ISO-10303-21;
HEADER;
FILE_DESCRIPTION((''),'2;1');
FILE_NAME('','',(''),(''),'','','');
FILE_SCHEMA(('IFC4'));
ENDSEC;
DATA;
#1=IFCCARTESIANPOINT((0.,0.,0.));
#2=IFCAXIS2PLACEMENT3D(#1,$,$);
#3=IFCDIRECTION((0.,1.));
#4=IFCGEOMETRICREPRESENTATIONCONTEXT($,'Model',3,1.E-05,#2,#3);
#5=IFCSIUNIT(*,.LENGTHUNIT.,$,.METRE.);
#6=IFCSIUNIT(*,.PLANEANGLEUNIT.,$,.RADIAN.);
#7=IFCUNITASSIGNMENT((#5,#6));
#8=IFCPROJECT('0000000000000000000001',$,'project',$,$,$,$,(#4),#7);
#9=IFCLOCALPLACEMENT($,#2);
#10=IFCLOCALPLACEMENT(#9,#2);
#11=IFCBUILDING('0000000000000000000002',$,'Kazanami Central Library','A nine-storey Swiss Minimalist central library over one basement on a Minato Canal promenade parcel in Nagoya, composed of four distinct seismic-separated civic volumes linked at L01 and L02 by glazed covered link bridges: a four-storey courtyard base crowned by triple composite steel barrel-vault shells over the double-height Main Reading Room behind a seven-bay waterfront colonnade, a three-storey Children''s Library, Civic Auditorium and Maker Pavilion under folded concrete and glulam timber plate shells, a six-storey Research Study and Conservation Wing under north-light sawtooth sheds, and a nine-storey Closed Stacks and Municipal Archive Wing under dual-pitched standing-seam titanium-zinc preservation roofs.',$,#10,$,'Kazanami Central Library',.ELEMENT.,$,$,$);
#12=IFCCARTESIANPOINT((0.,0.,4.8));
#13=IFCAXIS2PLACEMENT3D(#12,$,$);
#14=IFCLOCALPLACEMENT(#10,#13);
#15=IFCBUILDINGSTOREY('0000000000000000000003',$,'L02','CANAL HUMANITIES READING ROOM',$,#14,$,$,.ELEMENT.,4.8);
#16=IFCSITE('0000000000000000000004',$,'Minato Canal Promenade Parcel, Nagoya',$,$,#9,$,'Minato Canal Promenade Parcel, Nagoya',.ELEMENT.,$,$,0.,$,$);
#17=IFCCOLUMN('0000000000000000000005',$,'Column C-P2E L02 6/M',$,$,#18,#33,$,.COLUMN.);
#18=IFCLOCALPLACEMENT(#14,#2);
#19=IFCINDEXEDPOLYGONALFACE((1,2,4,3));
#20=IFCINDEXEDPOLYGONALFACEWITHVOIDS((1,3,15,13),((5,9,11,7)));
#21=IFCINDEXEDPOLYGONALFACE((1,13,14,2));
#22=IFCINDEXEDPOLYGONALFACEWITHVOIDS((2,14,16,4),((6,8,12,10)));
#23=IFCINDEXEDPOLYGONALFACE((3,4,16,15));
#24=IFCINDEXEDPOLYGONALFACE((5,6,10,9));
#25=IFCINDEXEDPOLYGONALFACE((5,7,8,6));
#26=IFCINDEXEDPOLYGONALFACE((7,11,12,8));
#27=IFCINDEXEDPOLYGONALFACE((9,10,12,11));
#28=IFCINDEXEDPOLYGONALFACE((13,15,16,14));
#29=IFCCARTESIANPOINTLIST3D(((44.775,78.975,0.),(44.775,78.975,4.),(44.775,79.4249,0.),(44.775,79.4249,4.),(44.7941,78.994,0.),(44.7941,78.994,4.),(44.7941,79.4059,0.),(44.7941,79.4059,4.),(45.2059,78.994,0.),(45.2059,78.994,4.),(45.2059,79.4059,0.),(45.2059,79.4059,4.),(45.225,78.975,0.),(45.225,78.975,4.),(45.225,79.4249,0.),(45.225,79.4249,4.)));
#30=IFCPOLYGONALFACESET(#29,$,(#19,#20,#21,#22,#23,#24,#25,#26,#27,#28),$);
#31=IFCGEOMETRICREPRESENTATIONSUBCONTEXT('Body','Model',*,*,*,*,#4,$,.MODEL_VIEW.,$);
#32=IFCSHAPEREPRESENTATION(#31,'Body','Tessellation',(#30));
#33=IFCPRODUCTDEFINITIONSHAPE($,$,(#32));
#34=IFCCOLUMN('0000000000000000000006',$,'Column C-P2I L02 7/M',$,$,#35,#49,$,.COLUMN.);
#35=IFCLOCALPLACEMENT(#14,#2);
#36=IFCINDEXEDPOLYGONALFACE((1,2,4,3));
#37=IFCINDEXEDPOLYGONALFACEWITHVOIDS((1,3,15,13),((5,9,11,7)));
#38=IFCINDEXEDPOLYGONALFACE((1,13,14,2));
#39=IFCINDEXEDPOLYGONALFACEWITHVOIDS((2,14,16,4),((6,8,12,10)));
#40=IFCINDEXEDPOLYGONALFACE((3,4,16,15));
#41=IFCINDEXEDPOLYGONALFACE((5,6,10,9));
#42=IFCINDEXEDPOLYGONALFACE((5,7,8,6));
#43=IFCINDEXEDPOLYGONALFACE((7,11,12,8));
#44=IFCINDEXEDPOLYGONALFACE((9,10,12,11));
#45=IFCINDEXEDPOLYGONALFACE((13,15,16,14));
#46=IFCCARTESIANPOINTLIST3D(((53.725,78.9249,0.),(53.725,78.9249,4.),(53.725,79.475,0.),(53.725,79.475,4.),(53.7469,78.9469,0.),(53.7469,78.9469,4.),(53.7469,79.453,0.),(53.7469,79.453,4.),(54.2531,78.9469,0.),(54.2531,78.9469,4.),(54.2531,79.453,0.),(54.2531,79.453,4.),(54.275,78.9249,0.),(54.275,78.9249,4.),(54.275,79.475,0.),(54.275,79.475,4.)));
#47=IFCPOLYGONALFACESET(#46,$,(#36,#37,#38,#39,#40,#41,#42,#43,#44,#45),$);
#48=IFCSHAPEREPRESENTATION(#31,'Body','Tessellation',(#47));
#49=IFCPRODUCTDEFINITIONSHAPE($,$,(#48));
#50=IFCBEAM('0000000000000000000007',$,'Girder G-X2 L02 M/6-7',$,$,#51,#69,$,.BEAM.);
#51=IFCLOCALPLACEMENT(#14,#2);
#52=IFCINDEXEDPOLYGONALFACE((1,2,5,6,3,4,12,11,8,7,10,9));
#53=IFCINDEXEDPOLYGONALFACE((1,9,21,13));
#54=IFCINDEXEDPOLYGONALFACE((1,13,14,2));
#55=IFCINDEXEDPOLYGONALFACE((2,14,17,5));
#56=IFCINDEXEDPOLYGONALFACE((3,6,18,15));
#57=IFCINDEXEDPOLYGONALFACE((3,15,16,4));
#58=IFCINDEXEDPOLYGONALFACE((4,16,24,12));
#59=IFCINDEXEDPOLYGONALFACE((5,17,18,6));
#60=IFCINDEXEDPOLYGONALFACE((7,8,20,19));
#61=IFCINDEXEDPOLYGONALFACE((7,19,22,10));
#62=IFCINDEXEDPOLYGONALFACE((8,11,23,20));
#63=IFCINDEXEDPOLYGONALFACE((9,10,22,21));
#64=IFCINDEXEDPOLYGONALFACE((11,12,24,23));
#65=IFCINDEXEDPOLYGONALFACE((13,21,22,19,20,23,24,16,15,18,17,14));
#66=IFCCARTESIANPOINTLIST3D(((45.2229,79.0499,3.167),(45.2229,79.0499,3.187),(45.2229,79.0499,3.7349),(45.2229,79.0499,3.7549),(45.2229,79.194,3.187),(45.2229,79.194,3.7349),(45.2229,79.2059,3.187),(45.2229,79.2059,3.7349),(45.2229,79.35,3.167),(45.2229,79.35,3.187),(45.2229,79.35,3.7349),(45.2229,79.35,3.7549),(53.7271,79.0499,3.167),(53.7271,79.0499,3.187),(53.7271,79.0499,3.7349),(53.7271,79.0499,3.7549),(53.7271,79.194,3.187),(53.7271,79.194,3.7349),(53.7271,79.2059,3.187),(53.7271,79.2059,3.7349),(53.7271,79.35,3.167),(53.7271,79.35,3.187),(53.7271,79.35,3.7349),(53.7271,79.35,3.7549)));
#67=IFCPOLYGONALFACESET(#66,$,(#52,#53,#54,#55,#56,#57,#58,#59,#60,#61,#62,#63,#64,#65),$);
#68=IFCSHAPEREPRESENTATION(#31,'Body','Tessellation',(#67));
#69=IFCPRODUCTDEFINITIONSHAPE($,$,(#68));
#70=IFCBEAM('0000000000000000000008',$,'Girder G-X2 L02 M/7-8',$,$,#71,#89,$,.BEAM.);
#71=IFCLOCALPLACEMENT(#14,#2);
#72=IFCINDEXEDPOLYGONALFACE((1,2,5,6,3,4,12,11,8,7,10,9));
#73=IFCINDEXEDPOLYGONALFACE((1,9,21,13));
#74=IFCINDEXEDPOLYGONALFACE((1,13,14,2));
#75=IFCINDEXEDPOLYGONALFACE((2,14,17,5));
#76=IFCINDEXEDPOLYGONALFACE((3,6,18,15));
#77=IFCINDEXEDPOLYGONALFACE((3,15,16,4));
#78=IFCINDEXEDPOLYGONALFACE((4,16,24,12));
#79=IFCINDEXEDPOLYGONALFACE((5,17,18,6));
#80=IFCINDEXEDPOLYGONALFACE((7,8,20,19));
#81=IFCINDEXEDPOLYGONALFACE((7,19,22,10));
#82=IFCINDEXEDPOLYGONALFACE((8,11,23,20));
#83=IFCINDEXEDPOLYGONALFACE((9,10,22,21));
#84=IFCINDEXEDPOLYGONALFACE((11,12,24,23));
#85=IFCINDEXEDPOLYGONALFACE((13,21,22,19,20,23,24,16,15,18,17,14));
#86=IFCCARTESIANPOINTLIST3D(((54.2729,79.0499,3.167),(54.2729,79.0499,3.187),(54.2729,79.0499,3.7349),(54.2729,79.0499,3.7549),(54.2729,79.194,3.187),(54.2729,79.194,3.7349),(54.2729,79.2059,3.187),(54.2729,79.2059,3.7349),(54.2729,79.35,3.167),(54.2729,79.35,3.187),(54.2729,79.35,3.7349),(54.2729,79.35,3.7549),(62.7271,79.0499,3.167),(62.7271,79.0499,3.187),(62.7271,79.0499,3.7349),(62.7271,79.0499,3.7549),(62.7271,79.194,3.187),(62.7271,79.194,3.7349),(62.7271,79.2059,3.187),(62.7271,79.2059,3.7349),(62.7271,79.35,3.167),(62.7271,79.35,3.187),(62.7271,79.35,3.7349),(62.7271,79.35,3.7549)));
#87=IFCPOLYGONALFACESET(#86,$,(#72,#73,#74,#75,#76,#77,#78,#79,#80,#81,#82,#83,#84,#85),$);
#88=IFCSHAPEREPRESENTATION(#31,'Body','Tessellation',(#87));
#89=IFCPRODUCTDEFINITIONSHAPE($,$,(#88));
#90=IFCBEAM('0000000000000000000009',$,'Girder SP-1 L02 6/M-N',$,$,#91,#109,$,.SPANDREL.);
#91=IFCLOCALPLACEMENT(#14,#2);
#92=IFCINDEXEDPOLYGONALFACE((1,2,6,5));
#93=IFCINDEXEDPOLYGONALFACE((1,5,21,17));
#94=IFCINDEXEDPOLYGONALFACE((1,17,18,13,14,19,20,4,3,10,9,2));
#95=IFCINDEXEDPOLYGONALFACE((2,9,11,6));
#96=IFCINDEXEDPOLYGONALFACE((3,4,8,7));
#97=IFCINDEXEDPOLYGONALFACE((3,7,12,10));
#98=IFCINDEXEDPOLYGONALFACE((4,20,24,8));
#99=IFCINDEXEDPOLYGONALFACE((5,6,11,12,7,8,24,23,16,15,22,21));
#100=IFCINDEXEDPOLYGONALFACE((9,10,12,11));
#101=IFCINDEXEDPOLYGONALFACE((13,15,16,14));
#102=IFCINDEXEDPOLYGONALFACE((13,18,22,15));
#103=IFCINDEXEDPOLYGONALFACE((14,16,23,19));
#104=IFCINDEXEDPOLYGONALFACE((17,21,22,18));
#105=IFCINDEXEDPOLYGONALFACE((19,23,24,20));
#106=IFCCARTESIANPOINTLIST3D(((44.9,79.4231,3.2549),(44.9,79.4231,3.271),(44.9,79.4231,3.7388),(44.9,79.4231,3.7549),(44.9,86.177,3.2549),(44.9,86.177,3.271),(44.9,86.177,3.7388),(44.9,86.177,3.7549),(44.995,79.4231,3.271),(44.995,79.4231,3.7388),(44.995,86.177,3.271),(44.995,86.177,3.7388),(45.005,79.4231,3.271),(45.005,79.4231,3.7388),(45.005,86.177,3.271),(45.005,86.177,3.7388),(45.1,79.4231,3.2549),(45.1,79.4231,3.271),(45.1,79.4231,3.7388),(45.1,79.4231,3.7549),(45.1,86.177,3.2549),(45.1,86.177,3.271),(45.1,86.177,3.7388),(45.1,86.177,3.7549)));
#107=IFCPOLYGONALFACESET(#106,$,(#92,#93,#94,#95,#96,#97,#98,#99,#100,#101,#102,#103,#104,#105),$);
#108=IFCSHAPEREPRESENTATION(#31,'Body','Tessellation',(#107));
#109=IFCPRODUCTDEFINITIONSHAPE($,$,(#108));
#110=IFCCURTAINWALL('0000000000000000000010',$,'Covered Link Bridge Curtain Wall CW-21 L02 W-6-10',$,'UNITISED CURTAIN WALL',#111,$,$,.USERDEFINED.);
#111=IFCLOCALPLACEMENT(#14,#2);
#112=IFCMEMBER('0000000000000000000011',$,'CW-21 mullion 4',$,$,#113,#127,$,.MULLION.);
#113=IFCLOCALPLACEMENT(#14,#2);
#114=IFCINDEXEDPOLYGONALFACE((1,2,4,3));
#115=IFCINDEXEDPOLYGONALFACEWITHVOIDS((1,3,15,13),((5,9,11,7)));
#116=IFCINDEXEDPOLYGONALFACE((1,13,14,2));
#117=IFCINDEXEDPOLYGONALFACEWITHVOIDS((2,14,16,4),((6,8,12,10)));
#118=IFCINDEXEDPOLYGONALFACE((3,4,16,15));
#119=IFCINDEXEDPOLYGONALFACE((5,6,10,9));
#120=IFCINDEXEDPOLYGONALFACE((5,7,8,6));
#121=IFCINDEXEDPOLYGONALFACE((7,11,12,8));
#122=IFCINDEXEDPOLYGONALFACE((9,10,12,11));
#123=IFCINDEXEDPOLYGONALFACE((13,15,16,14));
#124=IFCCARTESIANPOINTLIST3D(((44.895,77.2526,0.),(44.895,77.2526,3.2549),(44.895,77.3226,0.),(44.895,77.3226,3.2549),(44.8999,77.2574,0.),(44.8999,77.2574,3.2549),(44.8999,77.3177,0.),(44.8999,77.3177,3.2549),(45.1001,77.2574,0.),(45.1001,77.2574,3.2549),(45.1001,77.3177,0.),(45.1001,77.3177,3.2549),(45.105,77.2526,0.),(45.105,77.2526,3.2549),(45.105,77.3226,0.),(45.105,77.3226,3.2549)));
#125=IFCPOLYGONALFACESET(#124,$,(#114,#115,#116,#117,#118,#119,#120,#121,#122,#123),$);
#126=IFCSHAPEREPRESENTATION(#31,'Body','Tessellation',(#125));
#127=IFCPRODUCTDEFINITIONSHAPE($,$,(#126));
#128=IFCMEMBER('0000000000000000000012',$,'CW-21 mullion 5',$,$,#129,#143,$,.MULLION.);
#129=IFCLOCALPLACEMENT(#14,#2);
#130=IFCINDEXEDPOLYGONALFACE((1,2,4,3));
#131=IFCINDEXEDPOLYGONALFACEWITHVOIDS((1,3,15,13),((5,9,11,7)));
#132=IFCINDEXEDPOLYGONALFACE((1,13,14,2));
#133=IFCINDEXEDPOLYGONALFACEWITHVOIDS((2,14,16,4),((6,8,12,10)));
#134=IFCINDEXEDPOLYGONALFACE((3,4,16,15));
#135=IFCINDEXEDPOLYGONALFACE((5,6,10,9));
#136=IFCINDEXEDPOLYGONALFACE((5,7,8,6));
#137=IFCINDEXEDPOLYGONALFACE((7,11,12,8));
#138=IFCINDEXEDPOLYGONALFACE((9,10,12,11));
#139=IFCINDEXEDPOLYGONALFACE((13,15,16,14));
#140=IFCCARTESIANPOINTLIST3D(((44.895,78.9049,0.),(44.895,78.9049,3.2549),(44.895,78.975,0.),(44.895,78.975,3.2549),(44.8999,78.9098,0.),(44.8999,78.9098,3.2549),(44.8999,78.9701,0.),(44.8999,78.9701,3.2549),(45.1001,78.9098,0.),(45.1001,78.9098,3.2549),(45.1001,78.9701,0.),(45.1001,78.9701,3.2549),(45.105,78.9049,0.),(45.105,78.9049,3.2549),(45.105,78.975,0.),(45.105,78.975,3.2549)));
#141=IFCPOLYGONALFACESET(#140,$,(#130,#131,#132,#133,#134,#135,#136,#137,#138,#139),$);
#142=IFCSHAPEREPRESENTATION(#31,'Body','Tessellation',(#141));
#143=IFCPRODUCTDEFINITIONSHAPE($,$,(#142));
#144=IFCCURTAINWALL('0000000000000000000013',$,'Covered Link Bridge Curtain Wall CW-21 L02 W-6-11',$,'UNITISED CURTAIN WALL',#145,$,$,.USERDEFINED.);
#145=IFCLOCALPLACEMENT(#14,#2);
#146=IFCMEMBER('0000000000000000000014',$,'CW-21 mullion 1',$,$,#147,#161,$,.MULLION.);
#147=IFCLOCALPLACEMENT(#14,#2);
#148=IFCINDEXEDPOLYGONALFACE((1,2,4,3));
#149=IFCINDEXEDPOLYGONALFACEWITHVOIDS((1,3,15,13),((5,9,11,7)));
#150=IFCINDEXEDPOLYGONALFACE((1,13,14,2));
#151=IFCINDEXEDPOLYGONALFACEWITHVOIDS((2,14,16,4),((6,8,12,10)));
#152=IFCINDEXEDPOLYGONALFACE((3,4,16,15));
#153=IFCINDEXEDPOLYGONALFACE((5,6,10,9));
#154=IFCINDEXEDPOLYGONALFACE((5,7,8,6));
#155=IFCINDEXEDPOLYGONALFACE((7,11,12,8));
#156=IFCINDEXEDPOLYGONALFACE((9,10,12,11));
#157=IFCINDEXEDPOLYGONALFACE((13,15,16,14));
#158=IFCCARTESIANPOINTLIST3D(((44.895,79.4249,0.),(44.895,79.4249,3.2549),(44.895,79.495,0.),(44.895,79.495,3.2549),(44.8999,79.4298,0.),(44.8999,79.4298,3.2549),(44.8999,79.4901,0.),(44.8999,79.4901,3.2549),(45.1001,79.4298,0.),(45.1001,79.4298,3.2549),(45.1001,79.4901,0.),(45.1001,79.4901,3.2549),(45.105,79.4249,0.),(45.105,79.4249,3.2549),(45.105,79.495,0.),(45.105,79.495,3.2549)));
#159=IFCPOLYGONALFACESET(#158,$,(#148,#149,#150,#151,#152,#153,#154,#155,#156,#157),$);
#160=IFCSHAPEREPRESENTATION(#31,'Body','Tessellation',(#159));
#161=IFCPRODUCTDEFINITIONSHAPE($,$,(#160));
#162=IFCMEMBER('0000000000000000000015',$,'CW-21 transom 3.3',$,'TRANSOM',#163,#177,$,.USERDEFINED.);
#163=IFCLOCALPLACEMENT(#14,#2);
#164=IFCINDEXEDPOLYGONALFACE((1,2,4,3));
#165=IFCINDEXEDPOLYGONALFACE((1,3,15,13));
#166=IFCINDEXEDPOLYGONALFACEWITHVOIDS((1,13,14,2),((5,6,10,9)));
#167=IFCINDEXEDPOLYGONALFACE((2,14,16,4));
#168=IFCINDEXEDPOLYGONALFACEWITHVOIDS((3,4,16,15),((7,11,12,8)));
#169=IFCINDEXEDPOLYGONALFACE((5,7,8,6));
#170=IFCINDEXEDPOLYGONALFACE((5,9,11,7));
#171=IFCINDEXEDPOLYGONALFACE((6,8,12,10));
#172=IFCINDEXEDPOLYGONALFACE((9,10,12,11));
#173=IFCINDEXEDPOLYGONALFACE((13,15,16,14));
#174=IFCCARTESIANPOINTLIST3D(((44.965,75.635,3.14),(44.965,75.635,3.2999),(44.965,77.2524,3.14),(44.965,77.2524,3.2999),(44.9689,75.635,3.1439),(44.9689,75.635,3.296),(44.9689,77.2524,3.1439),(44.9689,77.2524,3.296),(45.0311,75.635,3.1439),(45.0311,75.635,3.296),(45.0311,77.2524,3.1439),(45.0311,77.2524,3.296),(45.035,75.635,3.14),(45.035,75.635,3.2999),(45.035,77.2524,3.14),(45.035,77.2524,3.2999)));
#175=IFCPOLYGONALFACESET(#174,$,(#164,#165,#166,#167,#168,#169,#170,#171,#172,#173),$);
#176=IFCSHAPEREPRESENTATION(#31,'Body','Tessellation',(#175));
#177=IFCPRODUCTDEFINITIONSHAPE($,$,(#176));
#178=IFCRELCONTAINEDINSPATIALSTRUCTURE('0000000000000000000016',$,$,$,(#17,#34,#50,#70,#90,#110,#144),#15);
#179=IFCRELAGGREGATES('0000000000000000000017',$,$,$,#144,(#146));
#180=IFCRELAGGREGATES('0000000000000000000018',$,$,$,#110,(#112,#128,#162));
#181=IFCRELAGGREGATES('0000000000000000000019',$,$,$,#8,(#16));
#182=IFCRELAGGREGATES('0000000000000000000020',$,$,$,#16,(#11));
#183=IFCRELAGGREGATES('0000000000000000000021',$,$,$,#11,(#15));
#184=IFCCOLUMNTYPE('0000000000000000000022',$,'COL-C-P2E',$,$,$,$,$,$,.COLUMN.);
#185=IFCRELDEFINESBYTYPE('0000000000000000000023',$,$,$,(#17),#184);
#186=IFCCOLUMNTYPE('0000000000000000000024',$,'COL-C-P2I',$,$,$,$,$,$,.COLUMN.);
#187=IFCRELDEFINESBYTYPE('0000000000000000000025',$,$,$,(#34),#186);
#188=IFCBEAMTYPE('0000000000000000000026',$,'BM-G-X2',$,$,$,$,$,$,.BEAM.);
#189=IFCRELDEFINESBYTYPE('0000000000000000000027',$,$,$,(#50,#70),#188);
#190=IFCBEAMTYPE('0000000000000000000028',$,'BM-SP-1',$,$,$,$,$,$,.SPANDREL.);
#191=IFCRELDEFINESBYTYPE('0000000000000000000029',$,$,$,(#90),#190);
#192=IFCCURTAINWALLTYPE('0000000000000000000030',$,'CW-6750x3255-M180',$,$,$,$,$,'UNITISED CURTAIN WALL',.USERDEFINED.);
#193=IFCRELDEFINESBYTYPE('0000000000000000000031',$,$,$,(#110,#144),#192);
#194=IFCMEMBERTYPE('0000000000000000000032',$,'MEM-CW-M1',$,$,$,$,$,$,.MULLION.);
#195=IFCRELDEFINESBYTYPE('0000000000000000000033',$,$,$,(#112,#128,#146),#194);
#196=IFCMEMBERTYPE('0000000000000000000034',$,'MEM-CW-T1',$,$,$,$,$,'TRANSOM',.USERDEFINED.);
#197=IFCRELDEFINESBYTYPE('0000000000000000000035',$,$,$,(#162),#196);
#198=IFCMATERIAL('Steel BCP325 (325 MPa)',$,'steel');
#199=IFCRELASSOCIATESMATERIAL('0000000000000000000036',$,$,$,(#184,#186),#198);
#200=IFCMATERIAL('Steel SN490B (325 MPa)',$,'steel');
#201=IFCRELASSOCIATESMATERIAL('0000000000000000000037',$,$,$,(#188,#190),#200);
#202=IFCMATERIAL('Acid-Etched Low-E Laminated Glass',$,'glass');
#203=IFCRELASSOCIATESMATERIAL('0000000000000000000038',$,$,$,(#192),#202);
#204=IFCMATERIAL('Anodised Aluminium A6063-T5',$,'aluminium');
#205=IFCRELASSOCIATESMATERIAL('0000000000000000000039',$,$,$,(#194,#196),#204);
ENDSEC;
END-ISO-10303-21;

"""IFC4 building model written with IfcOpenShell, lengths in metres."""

from ifc_helpers import new_model, si_unit, direction, frame, origin, origin_2d, place, context, subcontext, project, spatial, hollow_rectangle, i_section, extrude, material, material_profile, profile_set, type_object, element, aggregate, save


model = new_model("IFC4")

# Units and contexts
model_context = context("Model", 3, precision=1e-05, world=origin(), true_north=direction((0.0, 1.0)))
body_context = subcontext(model_context, "Body", "Model", "MODEL_VIEW")
ifc_project = project(units=[si_unit("LENGTHUNIT", "METRE"), si_unit("PLANEANGLEUNIT", "RADIAN")], contexts=[model_context])

# Site, building, storey
site_placement = place(None, origin())
site = spatial("IfcSite", under=ifc_project, at=site_placement, Name="Minato Canal Promenade Parcel, Nagoya", LongName="Minato Canal Promenade Parcel, Nagoya", CompositionType="ELEMENT", RefElevation=0.0)
building_placement = place(site_placement, origin())
building = spatial("IfcBuilding", under=site, at=building_placement, Name="Kazanami Central Library", Description="A nine-storey Swiss Minimalist central library over one basement on a Minato Canal promenade parcel in Nagoya, composed of four distinct seismic-separated civic volumes linked at L01 and L02 by glazed covered link bridges: a four-storey courtyard base crowned by triple composite steel barrel-vault shells over the double-height Main Reading Room behind a seven-bay waterfront colonnade, a three-storey Children's Library, Civic Auditorium and Maker Pavilion under folded concrete and glulam timber plate shells, a six-storey Research Study and Conservation Wing under north-light sawtooth sheds, and a nine-storey Closed Stacks and Municipal Archive Wing under dual-pitched standing-seam titanium-zinc preservation roofs.", LongName="Kazanami Central Library", CompositionType="ELEMENT")
storey_placement = place(building_placement, frame((0.0, 0.0, 4.8)))
storey = spatial("IfcBuildingStorey", under=building, at=storey_placement, Name="L02", Description="CANAL HUMANITIES READING ROOM", CompositionType="ELEMENT", Elevation=4.8)

# Columns
ifc_material_1 = material(Name="Steel BCP325 (325 MPa)", Category="steel")
ifc_material_profile_1 = material_profile(ifc_material_1, hollow_rectangle(XDim=0.45, YDim=0.45, WallThickness=0.019, at=origin_2d()), Name="BCP-450x450x19")
ifc_profile_set_1 = profile_set([ifc_material_profile_1], Name="Steel BCP325 (325 MPa)")
column_type_1 = type_object("IfcColumnType", Name="COL-C-P2E", PredefinedType="COLUMN", material=ifc_profile_set_1)
column_1_placement = place(storey_placement, frame((45.0, 79.2, 0.0), z_axis=(0.0, 0.0, 1.0), x_axis=(1.0, 0.0, 0.0)))
element("IfcColumn", 1, at=column_1_placement, inside=storey, type_object=column_type_1, Name="Column C-P2E L02 6/M", PredefinedType="COLUMN", context=body_context, shape_type="SweptSolid", body=[
    extrude(hollow_rectangle(XDim=0.45, YDim=0.45, WallThickness=0.019, at=origin_2d()), origin(), (0.0, 0.0, 1.0), 4.0),
])
ifc_material_profile_2 = material_profile(ifc_material_1, hollow_rectangle(XDim=0.55, YDim=0.55, WallThickness=0.022, at=origin_2d()), Name="BCP-550x550x22")
ifc_profile_set_2 = profile_set([ifc_material_profile_2], Name="Steel BCP325 (325 MPa)")
column_type_2 = type_object("IfcColumnType", Name="COL-C-P2I", PredefinedType="COLUMN", material=ifc_profile_set_2)
column_2_placement = place(storey_placement, frame((54.0, 79.2, 0.0), z_axis=(0.0, 0.0, 1.0), x_axis=(1.0, 0.0, 0.0)))
element("IfcColumn", 2, at=column_2_placement, inside=storey, type_object=column_type_2, Name="Column C-P2I L02 7/M", PredefinedType="COLUMN", context=body_context, shape_type="SweptSolid", body=[
    extrude(hollow_rectangle(XDim=0.55, YDim=0.55, WallThickness=0.022, at=origin_2d()), origin(), (0.0, 0.0, 1.0), 4.0),
])

# Beams
ifc_material_2 = material(Name="Steel SN490B (325 MPa)", Category="steel")
ifc_material_profile_3 = material_profile(ifc_material_2, i_section(OverallWidth=0.3, OverallDepth=0.5879, WebThickness=0.012, FlangeThickness=0.02, at=origin_2d()), Name="H-588x300x12x20")
ifc_profile_set_3 = profile_set([ifc_material_profile_3], Name="Steel SN490B (325 MPa)")
beam_type_1 = type_object("IfcBeamType", Name="BM-G-X2", PredefinedType="BEAM", material=ifc_profile_set_3)
beam_1_placement = place(storey_placement, frame((45.2229, 79.2, 3.4609), z_axis=(1.0, 0.0, 0.0), x_axis=(0.0, 1.0, 0.0)))
element("IfcBeam", 3, at=beam_1_placement, inside=storey, type_object=beam_type_1, Name="Girder G-X2 L02 M/6-7", PredefinedType="BEAM", context=body_context, shape_type="SweptSolid", body=[
    extrude(i_section(OverallWidth=0.3, OverallDepth=0.5879, WebThickness=0.012, FlangeThickness=0.02, at=origin_2d()), origin(), (0.0, 0.0, 1.0), 8.5042),
])
beam_2_placement = place(storey_placement, frame((54.2729, 79.2, 3.4609), z_axis=(1.0, 0.0, 0.0), x_axis=(0.0, 1.0, 0.0)))
element("IfcBeam", 4, at=beam_2_placement, inside=storey, type_object=beam_type_1, Name="Girder G-X2 L02 M/7-8", PredefinedType="BEAM", context=body_context, shape_type="SweptSolid", body=[
    extrude(i_section(OverallWidth=0.3, OverallDepth=0.5879, WebThickness=0.012, FlangeThickness=0.02, at=origin_2d()), origin(), (0.0, 0.0, 1.0), 8.4541),
])
ifc_material_profile_4 = material_profile(ifc_material_2, i_section(OverallWidth=0.2, OverallDepth=0.5, WebThickness=0.01, FlangeThickness=0.0161, at=origin_2d()), Name="H-500x200x10x16")
ifc_profile_set_4 = profile_set([ifc_material_profile_4], Name="Steel SN490B (325 MPa)")
beam_type_2 = type_object("IfcBeamType", Name="BM-SP-1", PredefinedType="SPANDREL", material=ifc_profile_set_4)
beam_3_placement = place(storey_placement, frame((45.0, 79.4231, 3.5049), z_axis=(0.0, 1.0, 0.0), x_axis=(-1.0, 0.0, 0.0)))
element("IfcBeam", 5, at=beam_3_placement, inside=storey, type_object=beam_type_2, Name="Girder SP-1 L02 6/M-N", PredefinedType="SPANDREL", context=body_context, shape_type="SweptSolid", body=[
    extrude(i_section(OverallWidth=0.2, OverallDepth=0.5, WebThickness=0.01, FlangeThickness=0.0161, at=origin_2d()), origin(), (0.0, 0.0, 1.0), 6.7539),
])

# Curtain wall, members
ifc_material_3 = material(Name="Acid-Etched Low-E Laminated Glass", Category="glass")
curtain_wall_type = type_object("IfcCurtainWallType", Name="CW-6750x3255-M180", ElementType="UNITISED CURTAIN WALL", PredefinedType="USERDEFINED", material=ifc_material_3)
curtain_wall_1_placement = place(storey_placement, origin())
curtain_wall_1 = element("IfcCurtainWall", 6, at=curtain_wall_1_placement, inside=storey, type_object=curtain_wall_type, Name="Covered Link Bridge Curtain Wall CW-21 L02 W-6-10", ObjectType="UNITISED CURTAIN WALL", PredefinedType="USERDEFINED")
ifc_material_4 = material(Name="Anodised Aluminium A6063-T5", Category="aluminium")
ifc_material_profile_5 = material_profile(ifc_material_4, hollow_rectangle(XDim=0.0701, YDim=0.21, WallThickness=0.0049, at=origin_2d()), Name="ALU-MULL-70x210x5")
ifc_profile_set_5 = profile_set([ifc_material_profile_5], Name="Anodised Aluminium A6063-T5")
member_type_1 = type_object("IfcMemberType", Name="MEM-CW-M1", PredefinedType="MULLION", material=ifc_profile_set_5)
member_1_placement = place(storey_placement, frame((45.0, 77.2876, 0.0), z_axis=(0.0, 0.0, 1.0), x_axis=(0.0, 1.0, 0.0)))
member_1 = element("IfcMember", 7, at=member_1_placement, type_object=member_type_1, Name="CW-21 mullion 4", PredefinedType="MULLION", context=body_context, shape_type="SweptSolid", body=[
    extrude(hollow_rectangle(XDim=0.0701, YDim=0.21, WallThickness=0.0049, at=origin_2d()), origin(), (0.0, 0.0, 1.0), 3.2549),
])
member_2_placement = place(storey_placement, frame((45.0, 78.9399, 0.0), z_axis=(0.0, 0.0, 1.0), x_axis=(0.0, 1.0, 0.0)))
member_2 = element("IfcMember", 8, at=member_2_placement, type_object=member_type_1, Name="CW-21 mullion 5", PredefinedType="MULLION", context=body_context, shape_type="SweptSolid", body=[
    extrude(hollow_rectangle(XDim=0.0701, YDim=0.21, WallThickness=0.0049, at=origin_2d()), origin(), (0.0, 0.0, 1.0), 3.2549),
])

# Curtain wall, member
curtain_wall_2_placement = place(storey_placement, origin())
curtain_wall_2 = element("IfcCurtainWall", 9, at=curtain_wall_2_placement, inside=storey, type_object=curtain_wall_type, Name="Covered Link Bridge Curtain Wall CW-21 L02 W-6-11", ObjectType="UNITISED CURTAIN WALL", PredefinedType="USERDEFINED")
member_3_placement = place(storey_placement, frame((45.0, 79.46, 0.0), z_axis=(0.0, 0.0, 1.0), x_axis=(0.0, 1.0, 0.0)))
member_3 = element("IfcMember", 10, at=member_3_placement, type_object=member_type_1, Name="CW-21 mullion 1", PredefinedType="MULLION", context=body_context, shape_type="SweptSolid", body=[
    extrude(hollow_rectangle(XDim=0.0701, YDim=0.21, WallThickness=0.0049, at=origin_2d()), origin(), (0.0, 0.0, 1.0), 3.2549),
])
aggregate(curtain_wall_2, [member_3])

# Member
ifc_material_profile_6 = material_profile(ifc_material_4, hollow_rectangle(XDim=0.0701, YDim=0.1599, WallThickness=0.0039, at=origin_2d()), Name="ALU-TRAN-70x160x4")
ifc_profile_set_6 = profile_set([ifc_material_profile_6], Name="Anodised Aluminium A6063-T5")
member_type_2 = type_object("IfcMemberType", Name="MEM-CW-T1", ElementType="TRANSOM", PredefinedType="USERDEFINED", material=ifc_profile_set_6)
member_4_placement = place(storey_placement, frame((45.0, 75.635, 3.22), z_axis=(0.0, 1.0, 0.0), x_axis=(-1.0, 0.0, 0.0)))
member_4 = element("IfcMember", 11, at=member_4_placement, type_object=member_type_2, Name="CW-21 transom 3.3", ObjectType="TRANSOM", PredefinedType="USERDEFINED", context=body_context, shape_type="SweptSolid", body=[
    extrude(hollow_rectangle(XDim=0.0701, YDim=0.1599, WallThickness=0.0039, at=origin_2d()), origin(), (0.0, 0.0, 1.0), 1.6174),
])

aggregate(curtain_wall_1, [member_1, member_2, member_4])

save(model, "model.ifc")
